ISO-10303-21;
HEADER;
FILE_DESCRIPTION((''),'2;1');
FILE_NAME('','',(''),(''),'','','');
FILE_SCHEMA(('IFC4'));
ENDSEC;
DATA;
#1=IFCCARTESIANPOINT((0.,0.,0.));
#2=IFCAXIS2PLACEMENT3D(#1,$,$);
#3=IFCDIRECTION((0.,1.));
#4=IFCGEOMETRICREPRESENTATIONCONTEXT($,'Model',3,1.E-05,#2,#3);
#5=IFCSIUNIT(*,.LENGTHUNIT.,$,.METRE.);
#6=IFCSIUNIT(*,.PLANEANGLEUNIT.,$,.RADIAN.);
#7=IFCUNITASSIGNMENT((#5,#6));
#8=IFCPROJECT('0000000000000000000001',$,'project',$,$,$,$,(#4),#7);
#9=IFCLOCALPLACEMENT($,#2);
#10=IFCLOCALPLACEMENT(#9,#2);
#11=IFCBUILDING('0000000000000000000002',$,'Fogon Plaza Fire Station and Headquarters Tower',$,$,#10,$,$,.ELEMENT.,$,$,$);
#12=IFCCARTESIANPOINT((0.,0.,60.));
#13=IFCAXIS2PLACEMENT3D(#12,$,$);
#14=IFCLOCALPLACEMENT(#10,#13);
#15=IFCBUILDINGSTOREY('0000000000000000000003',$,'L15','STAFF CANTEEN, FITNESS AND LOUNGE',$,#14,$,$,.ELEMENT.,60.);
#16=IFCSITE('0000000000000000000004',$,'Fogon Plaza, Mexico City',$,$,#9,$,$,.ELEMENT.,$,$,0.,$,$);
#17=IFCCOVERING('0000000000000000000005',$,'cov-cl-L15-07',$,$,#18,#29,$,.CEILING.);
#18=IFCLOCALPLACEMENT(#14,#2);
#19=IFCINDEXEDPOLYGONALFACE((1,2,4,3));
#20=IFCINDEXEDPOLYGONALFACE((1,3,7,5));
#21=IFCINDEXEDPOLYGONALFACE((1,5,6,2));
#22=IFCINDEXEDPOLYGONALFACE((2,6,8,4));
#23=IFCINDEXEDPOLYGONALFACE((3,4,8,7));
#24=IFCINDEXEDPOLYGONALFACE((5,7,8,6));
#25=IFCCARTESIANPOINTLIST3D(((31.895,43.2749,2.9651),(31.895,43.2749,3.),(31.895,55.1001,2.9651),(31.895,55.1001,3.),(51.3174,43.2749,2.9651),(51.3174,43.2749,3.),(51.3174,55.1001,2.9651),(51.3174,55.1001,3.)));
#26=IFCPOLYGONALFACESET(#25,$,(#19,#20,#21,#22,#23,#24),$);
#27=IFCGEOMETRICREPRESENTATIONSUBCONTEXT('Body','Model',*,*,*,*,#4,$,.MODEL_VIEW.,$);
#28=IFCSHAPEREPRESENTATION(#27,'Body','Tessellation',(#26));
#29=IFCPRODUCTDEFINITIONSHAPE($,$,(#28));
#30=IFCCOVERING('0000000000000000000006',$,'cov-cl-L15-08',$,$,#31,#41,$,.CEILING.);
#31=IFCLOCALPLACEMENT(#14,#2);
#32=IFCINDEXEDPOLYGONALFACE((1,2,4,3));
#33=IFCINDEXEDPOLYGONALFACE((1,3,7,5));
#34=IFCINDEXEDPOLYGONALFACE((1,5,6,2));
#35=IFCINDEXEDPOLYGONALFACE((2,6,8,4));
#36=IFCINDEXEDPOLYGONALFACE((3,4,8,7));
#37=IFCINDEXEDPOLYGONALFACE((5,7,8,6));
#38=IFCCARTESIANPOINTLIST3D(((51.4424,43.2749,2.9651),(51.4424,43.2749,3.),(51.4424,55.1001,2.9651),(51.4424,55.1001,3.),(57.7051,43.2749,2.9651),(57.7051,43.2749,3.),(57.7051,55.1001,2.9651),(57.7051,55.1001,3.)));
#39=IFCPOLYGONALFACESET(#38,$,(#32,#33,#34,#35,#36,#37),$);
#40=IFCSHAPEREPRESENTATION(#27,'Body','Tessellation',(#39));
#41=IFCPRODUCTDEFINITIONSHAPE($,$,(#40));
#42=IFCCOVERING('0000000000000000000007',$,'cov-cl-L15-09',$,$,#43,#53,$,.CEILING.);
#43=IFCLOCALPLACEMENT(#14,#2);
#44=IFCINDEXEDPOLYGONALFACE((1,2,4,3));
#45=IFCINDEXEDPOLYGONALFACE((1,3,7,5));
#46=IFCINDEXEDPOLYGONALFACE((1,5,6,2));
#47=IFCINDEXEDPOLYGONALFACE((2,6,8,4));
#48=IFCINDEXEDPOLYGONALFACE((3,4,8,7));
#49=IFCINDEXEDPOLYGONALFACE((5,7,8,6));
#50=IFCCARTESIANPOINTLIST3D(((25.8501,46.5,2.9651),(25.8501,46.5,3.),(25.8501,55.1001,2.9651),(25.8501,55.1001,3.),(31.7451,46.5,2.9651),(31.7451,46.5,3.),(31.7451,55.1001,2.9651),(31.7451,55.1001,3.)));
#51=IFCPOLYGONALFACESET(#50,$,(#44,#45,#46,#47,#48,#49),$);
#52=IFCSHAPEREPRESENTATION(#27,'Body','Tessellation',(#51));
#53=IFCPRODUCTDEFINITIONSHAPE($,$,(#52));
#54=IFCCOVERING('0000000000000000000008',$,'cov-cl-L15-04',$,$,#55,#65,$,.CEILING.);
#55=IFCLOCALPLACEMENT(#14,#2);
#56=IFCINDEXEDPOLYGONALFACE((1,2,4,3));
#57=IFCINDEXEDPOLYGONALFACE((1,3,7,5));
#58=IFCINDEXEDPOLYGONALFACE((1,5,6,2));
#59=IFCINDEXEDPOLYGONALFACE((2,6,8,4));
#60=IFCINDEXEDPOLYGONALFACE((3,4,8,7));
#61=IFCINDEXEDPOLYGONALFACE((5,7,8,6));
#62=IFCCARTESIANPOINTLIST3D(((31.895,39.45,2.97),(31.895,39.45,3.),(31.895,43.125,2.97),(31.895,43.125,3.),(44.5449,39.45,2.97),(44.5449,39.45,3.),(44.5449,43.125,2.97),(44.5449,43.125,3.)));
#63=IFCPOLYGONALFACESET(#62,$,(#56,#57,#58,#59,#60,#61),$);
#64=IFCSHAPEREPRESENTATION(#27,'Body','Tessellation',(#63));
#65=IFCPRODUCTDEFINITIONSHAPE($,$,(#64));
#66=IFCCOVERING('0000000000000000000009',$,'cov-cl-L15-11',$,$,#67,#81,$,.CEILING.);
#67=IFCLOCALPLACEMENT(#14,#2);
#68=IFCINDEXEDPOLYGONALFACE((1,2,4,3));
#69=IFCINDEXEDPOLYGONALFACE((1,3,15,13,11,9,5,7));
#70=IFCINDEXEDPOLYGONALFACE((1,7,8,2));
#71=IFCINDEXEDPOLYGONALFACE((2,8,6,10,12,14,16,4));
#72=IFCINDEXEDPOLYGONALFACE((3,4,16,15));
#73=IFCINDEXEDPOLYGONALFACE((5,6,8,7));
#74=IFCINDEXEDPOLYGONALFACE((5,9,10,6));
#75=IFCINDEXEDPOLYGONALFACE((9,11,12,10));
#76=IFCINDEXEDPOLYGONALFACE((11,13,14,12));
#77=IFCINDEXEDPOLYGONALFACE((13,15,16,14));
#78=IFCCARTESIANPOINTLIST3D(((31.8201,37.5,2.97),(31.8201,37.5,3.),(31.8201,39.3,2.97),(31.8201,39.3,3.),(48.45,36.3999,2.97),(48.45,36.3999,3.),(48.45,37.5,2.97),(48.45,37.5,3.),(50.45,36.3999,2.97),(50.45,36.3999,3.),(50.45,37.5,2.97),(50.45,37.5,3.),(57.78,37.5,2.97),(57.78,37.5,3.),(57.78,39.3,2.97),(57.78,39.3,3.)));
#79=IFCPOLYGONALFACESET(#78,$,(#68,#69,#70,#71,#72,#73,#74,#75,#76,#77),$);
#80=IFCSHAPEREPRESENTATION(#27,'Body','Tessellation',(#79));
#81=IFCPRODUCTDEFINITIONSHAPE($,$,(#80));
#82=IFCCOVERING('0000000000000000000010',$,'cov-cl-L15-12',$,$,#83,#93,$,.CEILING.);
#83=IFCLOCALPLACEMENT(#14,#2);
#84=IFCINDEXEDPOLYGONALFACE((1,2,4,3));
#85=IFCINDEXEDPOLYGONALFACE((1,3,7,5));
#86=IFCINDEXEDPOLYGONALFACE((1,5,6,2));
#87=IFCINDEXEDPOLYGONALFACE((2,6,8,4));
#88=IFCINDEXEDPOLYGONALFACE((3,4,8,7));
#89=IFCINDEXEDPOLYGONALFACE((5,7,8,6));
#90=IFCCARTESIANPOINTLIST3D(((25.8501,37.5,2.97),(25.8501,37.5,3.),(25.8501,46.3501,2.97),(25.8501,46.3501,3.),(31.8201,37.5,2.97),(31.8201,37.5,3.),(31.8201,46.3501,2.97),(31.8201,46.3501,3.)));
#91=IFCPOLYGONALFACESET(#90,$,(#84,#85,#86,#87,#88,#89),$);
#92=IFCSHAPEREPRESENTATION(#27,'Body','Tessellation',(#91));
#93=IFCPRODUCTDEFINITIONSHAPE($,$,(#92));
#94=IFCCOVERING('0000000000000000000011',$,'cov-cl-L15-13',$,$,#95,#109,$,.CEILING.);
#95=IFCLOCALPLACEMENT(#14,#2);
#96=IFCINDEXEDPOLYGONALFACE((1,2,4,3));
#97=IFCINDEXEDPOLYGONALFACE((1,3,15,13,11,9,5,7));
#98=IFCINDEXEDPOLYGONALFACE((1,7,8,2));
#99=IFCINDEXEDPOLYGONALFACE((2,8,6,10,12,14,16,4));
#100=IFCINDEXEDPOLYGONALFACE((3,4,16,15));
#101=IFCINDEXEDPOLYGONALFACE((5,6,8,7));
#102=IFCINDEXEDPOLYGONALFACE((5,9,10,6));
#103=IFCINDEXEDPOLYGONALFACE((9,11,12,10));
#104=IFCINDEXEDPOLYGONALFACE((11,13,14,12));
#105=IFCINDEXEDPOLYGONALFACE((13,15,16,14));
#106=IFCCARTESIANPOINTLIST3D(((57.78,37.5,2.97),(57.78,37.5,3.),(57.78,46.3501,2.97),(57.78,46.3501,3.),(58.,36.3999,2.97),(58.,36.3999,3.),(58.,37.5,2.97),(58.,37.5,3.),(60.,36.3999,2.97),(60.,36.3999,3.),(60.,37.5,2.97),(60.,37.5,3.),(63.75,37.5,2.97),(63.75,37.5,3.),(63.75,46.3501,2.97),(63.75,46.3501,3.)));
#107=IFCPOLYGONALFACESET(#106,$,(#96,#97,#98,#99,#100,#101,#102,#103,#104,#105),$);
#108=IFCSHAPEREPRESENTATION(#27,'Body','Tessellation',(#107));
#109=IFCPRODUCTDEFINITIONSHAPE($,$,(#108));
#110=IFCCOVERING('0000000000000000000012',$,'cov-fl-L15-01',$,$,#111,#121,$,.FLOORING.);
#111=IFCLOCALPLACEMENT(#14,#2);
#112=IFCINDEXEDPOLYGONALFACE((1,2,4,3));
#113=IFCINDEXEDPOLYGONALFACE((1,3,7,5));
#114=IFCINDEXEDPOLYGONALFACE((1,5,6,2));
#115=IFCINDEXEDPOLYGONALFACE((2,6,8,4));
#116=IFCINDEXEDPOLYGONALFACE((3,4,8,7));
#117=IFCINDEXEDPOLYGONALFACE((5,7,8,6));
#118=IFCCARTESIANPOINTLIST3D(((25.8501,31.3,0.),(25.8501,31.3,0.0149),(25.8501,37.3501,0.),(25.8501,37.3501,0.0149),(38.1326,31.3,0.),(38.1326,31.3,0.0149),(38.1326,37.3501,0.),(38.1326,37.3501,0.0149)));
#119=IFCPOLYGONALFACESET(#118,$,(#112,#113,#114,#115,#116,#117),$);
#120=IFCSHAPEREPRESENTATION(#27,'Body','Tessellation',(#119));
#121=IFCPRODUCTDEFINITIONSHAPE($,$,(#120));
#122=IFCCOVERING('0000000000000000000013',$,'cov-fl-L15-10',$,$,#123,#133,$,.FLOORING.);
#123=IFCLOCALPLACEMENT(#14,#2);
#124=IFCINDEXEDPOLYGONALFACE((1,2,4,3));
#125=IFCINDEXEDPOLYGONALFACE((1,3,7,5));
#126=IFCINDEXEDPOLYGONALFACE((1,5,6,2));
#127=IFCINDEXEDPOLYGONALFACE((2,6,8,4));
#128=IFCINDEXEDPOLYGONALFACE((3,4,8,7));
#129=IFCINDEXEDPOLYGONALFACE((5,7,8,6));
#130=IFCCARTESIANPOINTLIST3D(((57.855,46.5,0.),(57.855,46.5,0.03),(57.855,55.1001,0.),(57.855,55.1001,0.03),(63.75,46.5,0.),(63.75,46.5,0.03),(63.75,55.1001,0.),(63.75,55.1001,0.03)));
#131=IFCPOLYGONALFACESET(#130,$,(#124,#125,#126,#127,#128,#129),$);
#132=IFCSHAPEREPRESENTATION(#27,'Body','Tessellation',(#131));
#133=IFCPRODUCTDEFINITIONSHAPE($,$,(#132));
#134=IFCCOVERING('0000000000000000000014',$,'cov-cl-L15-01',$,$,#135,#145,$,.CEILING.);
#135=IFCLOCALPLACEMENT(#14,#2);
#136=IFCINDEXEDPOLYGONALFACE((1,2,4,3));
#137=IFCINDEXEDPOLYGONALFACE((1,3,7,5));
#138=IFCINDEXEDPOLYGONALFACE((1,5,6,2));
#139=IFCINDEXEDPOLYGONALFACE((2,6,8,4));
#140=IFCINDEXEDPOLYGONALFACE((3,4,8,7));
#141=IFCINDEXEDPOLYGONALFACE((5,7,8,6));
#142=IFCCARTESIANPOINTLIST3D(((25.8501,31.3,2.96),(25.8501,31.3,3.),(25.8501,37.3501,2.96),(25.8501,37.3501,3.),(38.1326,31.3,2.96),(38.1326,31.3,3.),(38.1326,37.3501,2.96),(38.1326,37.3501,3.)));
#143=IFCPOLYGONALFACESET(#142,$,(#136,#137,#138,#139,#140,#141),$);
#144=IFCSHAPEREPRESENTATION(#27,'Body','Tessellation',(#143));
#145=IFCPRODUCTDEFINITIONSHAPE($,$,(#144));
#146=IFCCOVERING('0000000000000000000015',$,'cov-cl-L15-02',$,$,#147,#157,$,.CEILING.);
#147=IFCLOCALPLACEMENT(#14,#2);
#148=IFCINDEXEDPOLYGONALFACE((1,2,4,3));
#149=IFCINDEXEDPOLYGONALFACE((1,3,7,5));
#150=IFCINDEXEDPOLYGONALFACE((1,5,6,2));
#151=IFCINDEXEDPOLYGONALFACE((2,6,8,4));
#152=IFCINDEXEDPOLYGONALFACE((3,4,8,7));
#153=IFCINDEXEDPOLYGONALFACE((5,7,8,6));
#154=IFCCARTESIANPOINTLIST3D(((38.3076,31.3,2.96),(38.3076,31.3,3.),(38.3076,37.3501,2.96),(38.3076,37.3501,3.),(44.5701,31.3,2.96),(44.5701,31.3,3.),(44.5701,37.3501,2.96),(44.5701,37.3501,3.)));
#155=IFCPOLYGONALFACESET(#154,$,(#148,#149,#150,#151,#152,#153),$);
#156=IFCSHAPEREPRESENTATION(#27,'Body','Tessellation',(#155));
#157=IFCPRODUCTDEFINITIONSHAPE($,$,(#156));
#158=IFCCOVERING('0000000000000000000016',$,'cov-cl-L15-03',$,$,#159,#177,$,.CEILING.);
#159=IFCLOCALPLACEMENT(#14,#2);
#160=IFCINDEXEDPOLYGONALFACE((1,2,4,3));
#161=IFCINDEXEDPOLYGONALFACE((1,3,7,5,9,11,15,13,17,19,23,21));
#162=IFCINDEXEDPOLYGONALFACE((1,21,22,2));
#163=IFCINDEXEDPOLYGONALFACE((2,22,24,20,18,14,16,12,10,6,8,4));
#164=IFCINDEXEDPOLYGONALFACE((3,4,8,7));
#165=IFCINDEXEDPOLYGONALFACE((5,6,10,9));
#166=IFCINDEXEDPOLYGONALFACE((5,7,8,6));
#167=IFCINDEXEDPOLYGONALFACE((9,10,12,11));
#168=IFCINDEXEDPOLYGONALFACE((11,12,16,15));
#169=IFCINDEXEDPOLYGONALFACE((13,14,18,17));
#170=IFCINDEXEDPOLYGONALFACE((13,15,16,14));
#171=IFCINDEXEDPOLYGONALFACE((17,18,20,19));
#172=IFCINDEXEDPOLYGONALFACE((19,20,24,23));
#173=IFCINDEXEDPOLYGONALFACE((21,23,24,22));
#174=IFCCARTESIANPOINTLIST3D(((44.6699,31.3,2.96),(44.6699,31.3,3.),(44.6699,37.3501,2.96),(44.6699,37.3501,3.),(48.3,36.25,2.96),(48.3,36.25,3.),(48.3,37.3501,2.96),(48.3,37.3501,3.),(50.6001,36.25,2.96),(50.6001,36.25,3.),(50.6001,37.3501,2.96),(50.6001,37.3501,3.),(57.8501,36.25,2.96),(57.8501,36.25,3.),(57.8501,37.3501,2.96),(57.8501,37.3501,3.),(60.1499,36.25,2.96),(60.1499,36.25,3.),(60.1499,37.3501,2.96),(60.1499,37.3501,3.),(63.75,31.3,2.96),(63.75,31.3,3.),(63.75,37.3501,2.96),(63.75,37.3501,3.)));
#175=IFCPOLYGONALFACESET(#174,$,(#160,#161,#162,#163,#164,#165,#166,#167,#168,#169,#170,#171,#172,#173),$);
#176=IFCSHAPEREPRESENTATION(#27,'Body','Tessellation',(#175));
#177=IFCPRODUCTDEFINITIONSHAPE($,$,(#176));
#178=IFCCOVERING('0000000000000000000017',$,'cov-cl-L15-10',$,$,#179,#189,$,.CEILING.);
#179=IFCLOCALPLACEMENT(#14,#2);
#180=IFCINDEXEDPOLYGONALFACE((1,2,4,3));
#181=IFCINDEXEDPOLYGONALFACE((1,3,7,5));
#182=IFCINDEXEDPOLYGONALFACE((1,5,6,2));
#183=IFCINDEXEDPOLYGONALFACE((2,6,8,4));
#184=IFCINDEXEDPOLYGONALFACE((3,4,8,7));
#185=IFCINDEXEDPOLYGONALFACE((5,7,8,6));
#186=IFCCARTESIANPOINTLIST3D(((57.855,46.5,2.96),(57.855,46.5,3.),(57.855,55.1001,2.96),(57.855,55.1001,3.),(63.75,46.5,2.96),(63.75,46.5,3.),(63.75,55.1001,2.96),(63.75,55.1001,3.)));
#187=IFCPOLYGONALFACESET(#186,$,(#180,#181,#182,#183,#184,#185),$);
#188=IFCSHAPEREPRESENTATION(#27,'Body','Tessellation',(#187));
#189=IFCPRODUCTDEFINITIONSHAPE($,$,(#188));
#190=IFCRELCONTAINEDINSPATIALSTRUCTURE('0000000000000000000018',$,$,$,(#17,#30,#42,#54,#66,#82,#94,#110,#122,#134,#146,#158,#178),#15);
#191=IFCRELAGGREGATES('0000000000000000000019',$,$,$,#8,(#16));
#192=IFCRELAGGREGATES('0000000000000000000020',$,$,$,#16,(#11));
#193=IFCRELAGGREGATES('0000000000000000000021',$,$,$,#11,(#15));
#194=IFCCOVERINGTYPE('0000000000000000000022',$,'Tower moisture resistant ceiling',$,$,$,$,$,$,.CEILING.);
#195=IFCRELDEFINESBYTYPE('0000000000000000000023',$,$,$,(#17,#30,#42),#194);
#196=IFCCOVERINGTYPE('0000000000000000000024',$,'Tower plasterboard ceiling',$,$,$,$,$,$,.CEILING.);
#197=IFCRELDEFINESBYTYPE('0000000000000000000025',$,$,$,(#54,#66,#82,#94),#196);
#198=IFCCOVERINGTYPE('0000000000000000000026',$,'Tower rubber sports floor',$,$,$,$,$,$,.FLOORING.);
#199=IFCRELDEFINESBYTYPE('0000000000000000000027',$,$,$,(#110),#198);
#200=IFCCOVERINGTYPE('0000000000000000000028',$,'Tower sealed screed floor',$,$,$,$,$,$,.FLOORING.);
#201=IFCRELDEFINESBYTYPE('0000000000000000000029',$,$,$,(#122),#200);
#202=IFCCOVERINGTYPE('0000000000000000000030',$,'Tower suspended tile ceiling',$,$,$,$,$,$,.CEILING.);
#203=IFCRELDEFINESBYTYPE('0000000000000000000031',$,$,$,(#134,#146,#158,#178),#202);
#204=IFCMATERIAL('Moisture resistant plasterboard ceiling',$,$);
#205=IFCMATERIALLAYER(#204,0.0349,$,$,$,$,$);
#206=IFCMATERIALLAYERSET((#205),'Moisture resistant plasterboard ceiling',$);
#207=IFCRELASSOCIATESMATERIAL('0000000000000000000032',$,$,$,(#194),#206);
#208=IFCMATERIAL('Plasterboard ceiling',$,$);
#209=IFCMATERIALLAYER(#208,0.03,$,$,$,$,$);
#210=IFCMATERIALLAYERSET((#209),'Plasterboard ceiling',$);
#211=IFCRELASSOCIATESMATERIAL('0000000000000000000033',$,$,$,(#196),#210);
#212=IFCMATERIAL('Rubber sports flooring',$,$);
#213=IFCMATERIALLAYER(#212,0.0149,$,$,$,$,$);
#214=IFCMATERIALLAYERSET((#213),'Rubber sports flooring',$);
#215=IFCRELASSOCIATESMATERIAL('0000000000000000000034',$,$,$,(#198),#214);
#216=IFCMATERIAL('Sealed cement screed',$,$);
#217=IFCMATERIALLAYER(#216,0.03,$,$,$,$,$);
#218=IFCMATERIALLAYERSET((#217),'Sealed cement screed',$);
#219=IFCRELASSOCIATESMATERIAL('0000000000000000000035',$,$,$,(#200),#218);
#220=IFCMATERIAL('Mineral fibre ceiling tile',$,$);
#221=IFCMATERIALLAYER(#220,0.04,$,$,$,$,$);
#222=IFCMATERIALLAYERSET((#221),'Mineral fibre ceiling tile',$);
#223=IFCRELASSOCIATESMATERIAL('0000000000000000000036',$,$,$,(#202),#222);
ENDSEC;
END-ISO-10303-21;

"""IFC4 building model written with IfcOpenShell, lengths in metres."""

from ifc_helpers import new_model, si_unit, direction, frame, origin, place, context, subcontext, project, spatial, polyline, outline, extrude, material, layer, layer_set, type_object, element, save


model = new_model("IFC4")

# Units and contexts
model_context = context("Model", 3, precision=1e-05, world=origin(), true_north=direction((0.0, 1.0)))
body_context = subcontext(model_context, "Body", "Model", "MODEL_VIEW")
ifc_project = project(units=[si_unit("LENGTHUNIT", "METRE"), si_unit("PLANEANGLEUNIT", "RADIAN")], contexts=[model_context])

# Site, building, storey
site_placement = place(None, origin())
site = spatial("IfcSite", under=ifc_project, at=site_placement, Name="Fogon Plaza, Mexico City", CompositionType="ELEMENT", RefElevation=0.0)
building_placement = place(site_placement, origin())
building = spatial("IfcBuilding", under=site, at=building_placement, Name="Fogon Plaza Fire Station and Headquarters Tower", CompositionType="ELEMENT")
storey_placement = place(building_placement, frame((0.0, 0.0, 60.0)))
storey = spatial("IfcBuildingStorey", under=building, at=storey_placement, Name="L15", Description="STAFF CANTEEN, FITNESS AND LOUNGE", CompositionType="ELEMENT", Elevation=60.0)

# Coverings
ifc_material_1 = material(Name="Moisture resistant plasterboard ceiling")
ifc_layer_1 = layer(ifc_material_1, 0.0349)
ifc_layer_set_1 = layer_set([ifc_layer_1], Name="Moisture resistant plasterboard ceiling")
covering_type_1 = type_object("IfcCoveringType", Name="Tower moisture resistant ceiling", PredefinedType="CEILING", material=ifc_layer_set_1)
covering_1_placement = place(storey_placement, frame((0.0, 0.0, 2.9651)))
element("IfcCovering", 1, at=covering_1_placement, inside=storey, type_object=covering_type_1, Name="cov-cl-L15-07", PredefinedType="CEILING", context=body_context, shape_type="SweptSolid", body=[
    extrude(outline(polyline([(51.3174, 43.2749), (51.3174, 55.1001), (31.895, 55.1001), (31.895, 43.2749), (51.3174, 43.2749)])), origin(), (0.0, 0.0, 1.0), 0.0349),
])
covering_2_placement = place(storey_placement, frame((0.0, 0.0, 2.9651)))
element("IfcCovering", 2, at=covering_2_placement, inside=storey, type_object=covering_type_1, Name="cov-cl-L15-08", PredefinedType="CEILING", context=body_context, shape_type="SweptSolid", body=[
    extrude(outline(polyline([(57.7051, 43.2749), (57.7051, 55.1001), (51.4424, 55.1001), (51.4424, 43.2749), (57.7051, 43.2749)])), origin(), (0.0, 0.0, 1.0), 0.0349),
])
covering_3_placement = place(storey_placement, frame((0.0, 0.0, 2.9651)))
element("IfcCovering", 3, at=covering_3_placement, inside=storey, type_object=covering_type_1, Name="cov-cl-L15-09", PredefinedType="CEILING", context=body_context, shape_type="SweptSolid", body=[
    extrude(outline(polyline([(31.7451, 46.5), (31.7451, 55.1001), (25.8501, 55.1001), (25.8501, 46.5), (31.7451, 46.5)])), origin(), (0.0, 0.0, 1.0), 0.0349),
])
ifc_material_2 = material(Name="Plasterboard ceiling")
ifc_layer_2 = layer(ifc_material_2, 0.03)
ifc_layer_set_2 = layer_set([ifc_layer_2], Name="Plasterboard ceiling")
covering_type_2 = type_object("IfcCoveringType", Name="Tower plasterboard ceiling", PredefinedType="CEILING", material=ifc_layer_set_2)
covering_4_placement = place(storey_placement, frame((0.0, 0.0, 2.97)))
element("IfcCovering", 4, at=covering_4_placement, inside=storey, type_object=covering_type_2, Name="cov-cl-L15-04", PredefinedType="CEILING", context=body_context, shape_type="SweptSolid", body=[
    extrude(outline(polyline([(44.5449, 39.45), (44.5449, 43.125), (31.895, 43.125), (31.895, 39.45), (44.5449, 39.45)])), origin(), (0.0, 0.0, 1.0), 0.03),
])
covering_5_placement = place(storey_placement, frame((0.0, 0.0, 2.97)))
element("IfcCovering", 5, at=covering_5_placement, inside=storey, type_object=covering_type_2, Name="cov-cl-L15-11", PredefinedType="CEILING", context=body_context, shape_type="SweptSolid", body=[
    extrude(outline(polyline([(31.8201, 37.5), (48.45, 37.5), (48.45, 36.3999), (50.45, 36.3999), (50.45, 37.5), (57.78, 37.5), (57.78, 39.3), (31.8201, 39.3), (31.8201, 37.5)])), origin(), (0.0, 0.0, 1.0), 0.03),
])
covering_6_placement = place(storey_placement, frame((0.0, 0.0, 2.97)))
element("IfcCovering", 6, at=covering_6_placement, inside=storey, type_object=covering_type_2, Name="cov-cl-L15-12", PredefinedType="CEILING", context=body_context, shape_type="SweptSolid", body=[
    extrude(outline(polyline([(31.8201, 37.5), (31.8201, 46.3501), (25.8501, 46.3501), (25.8501, 37.5), (31.8201, 37.5)])), origin(), (0.0, 0.0, 1.0), 0.03),
])
covering_7_placement = place(storey_placement, frame((0.0, 0.0, 2.97)))
element("IfcCovering", 7, at=covering_7_placement, inside=storey, type_object=covering_type_2, Name="cov-cl-L15-13", PredefinedType="CEILING", context=body_context, shape_type="SweptSolid", body=[
    extrude(outline(polyline([(57.78, 37.5), (58.0, 37.5), (58.0, 36.3999), (60.0, 36.3999), (60.0, 37.5), (63.75, 37.5), (63.75, 46.3501), (57.78, 46.3501), (57.78, 37.5)])), origin(), (0.0, 0.0, 1.0), 0.03),
])
ifc_material_3 = material(Name="Rubber sports flooring")
ifc_layer_3 = layer(ifc_material_3, 0.0149)
ifc_layer_set_3 = layer_set([ifc_layer_3], Name="Rubber sports flooring")
covering_type_3 = type_object("IfcCoveringType", Name="Tower rubber sports floor", PredefinedType="FLOORING", material=ifc_layer_set_3)
covering_8_placement = place(storey_placement, origin())
element("IfcCovering", 8, at=covering_8_placement, inside=storey, type_object=covering_type_3, Name="cov-fl-L15-01", PredefinedType="FLOORING", context=body_context, shape_type="SweptSolid", body=[
    extrude(outline(polyline([(38.1326, 31.3), (38.1326, 37.3501), (25.8501, 37.3501), (25.8501, 31.3), (38.1326, 31.3)])), origin(), (0.0, 0.0, 1.0), 0.0149),
])
ifc_material_4 = material(Name="Sealed cement screed")
ifc_layer_4 = layer(ifc_material_4, 0.03)
ifc_layer_set_4 = layer_set([ifc_layer_4], Name="Sealed cement screed")
covering_type_4 = type_object("IfcCoveringType", Name="Tower sealed screed floor", PredefinedType="FLOORING", material=ifc_layer_set_4)
covering_9_placement = place(storey_placement, origin())
element("IfcCovering", 9, at=covering_9_placement, inside=storey, type_object=covering_type_4, Name="cov-fl-L15-10", PredefinedType="FLOORING", context=body_context, shape_type="SweptSolid", body=[
    extrude(outline(polyline([(63.75, 46.5), (63.75, 55.1001), (57.855, 55.1001), (57.855, 46.5), (63.75, 46.5)])), origin(), (0.0, 0.0, 1.0), 0.03),
])
ifc_material_5 = material(Name="Mineral fibre ceiling tile")
ifc_layer_5 = layer(ifc_material_5, 0.04)
ifc_layer_set_5 = layer_set([ifc_layer_5], Name="Mineral fibre ceiling tile")
covering_type_5 = type_object("IfcCoveringType", Name="Tower suspended tile ceiling", PredefinedType="CEILING", material=ifc_layer_set_5)
covering_10_placement = place(storey_placement, frame((0.0, 0.0, 2.96)))
element("IfcCovering", 10, at=covering_10_placement, inside=storey, type_object=covering_type_5, Name="cov-cl-L15-01", PredefinedType="CEILING", context=body_context, shape_type="SweptSolid", body=[
    extrude(outline(polyline([(38.1326, 31.3), (38.1326, 37.3501), (25.8501, 37.3501), (25.8501, 31.3), (38.1326, 31.3)])), origin(), (0.0, 0.0, 1.0), 0.04),
])
covering_11_placement = place(storey_placement, frame((0.0, 0.0, 2.96)))
element("IfcCovering", 11, at=covering_11_placement, inside=storey, type_object=covering_type_5, Name="cov-cl-L15-02", PredefinedType="CEILING", context=body_context, shape_type="SweptSolid", body=[
    extrude(outline(polyline([(44.5701, 31.3), (44.5701, 37.3501), (38.3076, 37.3501), (38.3076, 31.3), (44.5701, 31.3)])), origin(), (0.0, 0.0, 1.0), 0.04),
])
covering_12_placement = place(storey_placement, frame((0.0, 0.0, 2.96)))
element("IfcCovering", 12, at=covering_12_placement, inside=storey, type_object=covering_type_5, Name="cov-cl-L15-03", PredefinedType="CEILING", context=body_context, shape_type="SweptSolid", body=[
    extrude(outline(polyline([(63.75, 31.3), (63.75, 37.3501), (60.1499, 37.3501), (60.1499, 36.25), (57.8501, 36.25), (57.8501, 37.3501), (50.6001, 37.3501), (50.6001, 36.25), (48.3, 36.25), (48.3, 37.3501), (44.6699, 37.3501), (44.6699, 31.3), (63.75, 31.3)])), origin(), (0.0, 0.0, 1.0), 0.04),
])
covering_13_placement = place(storey_placement, frame((0.0, 0.0, 2.96)))
element("IfcCovering", 13, at=covering_13_placement, inside=storey, type_object=covering_type_5, Name="cov-cl-L15-10", PredefinedType="CEILING", context=body_context, shape_type="SweptSolid", body=[
    extrude(outline(polyline([(63.75, 46.5), (63.75, 55.1001), (57.855, 55.1001), (57.855, 46.5), (63.75, 46.5)])), origin(), (0.0, 0.0, 1.0), 0.04),
])

save(model, "model.ifc")
